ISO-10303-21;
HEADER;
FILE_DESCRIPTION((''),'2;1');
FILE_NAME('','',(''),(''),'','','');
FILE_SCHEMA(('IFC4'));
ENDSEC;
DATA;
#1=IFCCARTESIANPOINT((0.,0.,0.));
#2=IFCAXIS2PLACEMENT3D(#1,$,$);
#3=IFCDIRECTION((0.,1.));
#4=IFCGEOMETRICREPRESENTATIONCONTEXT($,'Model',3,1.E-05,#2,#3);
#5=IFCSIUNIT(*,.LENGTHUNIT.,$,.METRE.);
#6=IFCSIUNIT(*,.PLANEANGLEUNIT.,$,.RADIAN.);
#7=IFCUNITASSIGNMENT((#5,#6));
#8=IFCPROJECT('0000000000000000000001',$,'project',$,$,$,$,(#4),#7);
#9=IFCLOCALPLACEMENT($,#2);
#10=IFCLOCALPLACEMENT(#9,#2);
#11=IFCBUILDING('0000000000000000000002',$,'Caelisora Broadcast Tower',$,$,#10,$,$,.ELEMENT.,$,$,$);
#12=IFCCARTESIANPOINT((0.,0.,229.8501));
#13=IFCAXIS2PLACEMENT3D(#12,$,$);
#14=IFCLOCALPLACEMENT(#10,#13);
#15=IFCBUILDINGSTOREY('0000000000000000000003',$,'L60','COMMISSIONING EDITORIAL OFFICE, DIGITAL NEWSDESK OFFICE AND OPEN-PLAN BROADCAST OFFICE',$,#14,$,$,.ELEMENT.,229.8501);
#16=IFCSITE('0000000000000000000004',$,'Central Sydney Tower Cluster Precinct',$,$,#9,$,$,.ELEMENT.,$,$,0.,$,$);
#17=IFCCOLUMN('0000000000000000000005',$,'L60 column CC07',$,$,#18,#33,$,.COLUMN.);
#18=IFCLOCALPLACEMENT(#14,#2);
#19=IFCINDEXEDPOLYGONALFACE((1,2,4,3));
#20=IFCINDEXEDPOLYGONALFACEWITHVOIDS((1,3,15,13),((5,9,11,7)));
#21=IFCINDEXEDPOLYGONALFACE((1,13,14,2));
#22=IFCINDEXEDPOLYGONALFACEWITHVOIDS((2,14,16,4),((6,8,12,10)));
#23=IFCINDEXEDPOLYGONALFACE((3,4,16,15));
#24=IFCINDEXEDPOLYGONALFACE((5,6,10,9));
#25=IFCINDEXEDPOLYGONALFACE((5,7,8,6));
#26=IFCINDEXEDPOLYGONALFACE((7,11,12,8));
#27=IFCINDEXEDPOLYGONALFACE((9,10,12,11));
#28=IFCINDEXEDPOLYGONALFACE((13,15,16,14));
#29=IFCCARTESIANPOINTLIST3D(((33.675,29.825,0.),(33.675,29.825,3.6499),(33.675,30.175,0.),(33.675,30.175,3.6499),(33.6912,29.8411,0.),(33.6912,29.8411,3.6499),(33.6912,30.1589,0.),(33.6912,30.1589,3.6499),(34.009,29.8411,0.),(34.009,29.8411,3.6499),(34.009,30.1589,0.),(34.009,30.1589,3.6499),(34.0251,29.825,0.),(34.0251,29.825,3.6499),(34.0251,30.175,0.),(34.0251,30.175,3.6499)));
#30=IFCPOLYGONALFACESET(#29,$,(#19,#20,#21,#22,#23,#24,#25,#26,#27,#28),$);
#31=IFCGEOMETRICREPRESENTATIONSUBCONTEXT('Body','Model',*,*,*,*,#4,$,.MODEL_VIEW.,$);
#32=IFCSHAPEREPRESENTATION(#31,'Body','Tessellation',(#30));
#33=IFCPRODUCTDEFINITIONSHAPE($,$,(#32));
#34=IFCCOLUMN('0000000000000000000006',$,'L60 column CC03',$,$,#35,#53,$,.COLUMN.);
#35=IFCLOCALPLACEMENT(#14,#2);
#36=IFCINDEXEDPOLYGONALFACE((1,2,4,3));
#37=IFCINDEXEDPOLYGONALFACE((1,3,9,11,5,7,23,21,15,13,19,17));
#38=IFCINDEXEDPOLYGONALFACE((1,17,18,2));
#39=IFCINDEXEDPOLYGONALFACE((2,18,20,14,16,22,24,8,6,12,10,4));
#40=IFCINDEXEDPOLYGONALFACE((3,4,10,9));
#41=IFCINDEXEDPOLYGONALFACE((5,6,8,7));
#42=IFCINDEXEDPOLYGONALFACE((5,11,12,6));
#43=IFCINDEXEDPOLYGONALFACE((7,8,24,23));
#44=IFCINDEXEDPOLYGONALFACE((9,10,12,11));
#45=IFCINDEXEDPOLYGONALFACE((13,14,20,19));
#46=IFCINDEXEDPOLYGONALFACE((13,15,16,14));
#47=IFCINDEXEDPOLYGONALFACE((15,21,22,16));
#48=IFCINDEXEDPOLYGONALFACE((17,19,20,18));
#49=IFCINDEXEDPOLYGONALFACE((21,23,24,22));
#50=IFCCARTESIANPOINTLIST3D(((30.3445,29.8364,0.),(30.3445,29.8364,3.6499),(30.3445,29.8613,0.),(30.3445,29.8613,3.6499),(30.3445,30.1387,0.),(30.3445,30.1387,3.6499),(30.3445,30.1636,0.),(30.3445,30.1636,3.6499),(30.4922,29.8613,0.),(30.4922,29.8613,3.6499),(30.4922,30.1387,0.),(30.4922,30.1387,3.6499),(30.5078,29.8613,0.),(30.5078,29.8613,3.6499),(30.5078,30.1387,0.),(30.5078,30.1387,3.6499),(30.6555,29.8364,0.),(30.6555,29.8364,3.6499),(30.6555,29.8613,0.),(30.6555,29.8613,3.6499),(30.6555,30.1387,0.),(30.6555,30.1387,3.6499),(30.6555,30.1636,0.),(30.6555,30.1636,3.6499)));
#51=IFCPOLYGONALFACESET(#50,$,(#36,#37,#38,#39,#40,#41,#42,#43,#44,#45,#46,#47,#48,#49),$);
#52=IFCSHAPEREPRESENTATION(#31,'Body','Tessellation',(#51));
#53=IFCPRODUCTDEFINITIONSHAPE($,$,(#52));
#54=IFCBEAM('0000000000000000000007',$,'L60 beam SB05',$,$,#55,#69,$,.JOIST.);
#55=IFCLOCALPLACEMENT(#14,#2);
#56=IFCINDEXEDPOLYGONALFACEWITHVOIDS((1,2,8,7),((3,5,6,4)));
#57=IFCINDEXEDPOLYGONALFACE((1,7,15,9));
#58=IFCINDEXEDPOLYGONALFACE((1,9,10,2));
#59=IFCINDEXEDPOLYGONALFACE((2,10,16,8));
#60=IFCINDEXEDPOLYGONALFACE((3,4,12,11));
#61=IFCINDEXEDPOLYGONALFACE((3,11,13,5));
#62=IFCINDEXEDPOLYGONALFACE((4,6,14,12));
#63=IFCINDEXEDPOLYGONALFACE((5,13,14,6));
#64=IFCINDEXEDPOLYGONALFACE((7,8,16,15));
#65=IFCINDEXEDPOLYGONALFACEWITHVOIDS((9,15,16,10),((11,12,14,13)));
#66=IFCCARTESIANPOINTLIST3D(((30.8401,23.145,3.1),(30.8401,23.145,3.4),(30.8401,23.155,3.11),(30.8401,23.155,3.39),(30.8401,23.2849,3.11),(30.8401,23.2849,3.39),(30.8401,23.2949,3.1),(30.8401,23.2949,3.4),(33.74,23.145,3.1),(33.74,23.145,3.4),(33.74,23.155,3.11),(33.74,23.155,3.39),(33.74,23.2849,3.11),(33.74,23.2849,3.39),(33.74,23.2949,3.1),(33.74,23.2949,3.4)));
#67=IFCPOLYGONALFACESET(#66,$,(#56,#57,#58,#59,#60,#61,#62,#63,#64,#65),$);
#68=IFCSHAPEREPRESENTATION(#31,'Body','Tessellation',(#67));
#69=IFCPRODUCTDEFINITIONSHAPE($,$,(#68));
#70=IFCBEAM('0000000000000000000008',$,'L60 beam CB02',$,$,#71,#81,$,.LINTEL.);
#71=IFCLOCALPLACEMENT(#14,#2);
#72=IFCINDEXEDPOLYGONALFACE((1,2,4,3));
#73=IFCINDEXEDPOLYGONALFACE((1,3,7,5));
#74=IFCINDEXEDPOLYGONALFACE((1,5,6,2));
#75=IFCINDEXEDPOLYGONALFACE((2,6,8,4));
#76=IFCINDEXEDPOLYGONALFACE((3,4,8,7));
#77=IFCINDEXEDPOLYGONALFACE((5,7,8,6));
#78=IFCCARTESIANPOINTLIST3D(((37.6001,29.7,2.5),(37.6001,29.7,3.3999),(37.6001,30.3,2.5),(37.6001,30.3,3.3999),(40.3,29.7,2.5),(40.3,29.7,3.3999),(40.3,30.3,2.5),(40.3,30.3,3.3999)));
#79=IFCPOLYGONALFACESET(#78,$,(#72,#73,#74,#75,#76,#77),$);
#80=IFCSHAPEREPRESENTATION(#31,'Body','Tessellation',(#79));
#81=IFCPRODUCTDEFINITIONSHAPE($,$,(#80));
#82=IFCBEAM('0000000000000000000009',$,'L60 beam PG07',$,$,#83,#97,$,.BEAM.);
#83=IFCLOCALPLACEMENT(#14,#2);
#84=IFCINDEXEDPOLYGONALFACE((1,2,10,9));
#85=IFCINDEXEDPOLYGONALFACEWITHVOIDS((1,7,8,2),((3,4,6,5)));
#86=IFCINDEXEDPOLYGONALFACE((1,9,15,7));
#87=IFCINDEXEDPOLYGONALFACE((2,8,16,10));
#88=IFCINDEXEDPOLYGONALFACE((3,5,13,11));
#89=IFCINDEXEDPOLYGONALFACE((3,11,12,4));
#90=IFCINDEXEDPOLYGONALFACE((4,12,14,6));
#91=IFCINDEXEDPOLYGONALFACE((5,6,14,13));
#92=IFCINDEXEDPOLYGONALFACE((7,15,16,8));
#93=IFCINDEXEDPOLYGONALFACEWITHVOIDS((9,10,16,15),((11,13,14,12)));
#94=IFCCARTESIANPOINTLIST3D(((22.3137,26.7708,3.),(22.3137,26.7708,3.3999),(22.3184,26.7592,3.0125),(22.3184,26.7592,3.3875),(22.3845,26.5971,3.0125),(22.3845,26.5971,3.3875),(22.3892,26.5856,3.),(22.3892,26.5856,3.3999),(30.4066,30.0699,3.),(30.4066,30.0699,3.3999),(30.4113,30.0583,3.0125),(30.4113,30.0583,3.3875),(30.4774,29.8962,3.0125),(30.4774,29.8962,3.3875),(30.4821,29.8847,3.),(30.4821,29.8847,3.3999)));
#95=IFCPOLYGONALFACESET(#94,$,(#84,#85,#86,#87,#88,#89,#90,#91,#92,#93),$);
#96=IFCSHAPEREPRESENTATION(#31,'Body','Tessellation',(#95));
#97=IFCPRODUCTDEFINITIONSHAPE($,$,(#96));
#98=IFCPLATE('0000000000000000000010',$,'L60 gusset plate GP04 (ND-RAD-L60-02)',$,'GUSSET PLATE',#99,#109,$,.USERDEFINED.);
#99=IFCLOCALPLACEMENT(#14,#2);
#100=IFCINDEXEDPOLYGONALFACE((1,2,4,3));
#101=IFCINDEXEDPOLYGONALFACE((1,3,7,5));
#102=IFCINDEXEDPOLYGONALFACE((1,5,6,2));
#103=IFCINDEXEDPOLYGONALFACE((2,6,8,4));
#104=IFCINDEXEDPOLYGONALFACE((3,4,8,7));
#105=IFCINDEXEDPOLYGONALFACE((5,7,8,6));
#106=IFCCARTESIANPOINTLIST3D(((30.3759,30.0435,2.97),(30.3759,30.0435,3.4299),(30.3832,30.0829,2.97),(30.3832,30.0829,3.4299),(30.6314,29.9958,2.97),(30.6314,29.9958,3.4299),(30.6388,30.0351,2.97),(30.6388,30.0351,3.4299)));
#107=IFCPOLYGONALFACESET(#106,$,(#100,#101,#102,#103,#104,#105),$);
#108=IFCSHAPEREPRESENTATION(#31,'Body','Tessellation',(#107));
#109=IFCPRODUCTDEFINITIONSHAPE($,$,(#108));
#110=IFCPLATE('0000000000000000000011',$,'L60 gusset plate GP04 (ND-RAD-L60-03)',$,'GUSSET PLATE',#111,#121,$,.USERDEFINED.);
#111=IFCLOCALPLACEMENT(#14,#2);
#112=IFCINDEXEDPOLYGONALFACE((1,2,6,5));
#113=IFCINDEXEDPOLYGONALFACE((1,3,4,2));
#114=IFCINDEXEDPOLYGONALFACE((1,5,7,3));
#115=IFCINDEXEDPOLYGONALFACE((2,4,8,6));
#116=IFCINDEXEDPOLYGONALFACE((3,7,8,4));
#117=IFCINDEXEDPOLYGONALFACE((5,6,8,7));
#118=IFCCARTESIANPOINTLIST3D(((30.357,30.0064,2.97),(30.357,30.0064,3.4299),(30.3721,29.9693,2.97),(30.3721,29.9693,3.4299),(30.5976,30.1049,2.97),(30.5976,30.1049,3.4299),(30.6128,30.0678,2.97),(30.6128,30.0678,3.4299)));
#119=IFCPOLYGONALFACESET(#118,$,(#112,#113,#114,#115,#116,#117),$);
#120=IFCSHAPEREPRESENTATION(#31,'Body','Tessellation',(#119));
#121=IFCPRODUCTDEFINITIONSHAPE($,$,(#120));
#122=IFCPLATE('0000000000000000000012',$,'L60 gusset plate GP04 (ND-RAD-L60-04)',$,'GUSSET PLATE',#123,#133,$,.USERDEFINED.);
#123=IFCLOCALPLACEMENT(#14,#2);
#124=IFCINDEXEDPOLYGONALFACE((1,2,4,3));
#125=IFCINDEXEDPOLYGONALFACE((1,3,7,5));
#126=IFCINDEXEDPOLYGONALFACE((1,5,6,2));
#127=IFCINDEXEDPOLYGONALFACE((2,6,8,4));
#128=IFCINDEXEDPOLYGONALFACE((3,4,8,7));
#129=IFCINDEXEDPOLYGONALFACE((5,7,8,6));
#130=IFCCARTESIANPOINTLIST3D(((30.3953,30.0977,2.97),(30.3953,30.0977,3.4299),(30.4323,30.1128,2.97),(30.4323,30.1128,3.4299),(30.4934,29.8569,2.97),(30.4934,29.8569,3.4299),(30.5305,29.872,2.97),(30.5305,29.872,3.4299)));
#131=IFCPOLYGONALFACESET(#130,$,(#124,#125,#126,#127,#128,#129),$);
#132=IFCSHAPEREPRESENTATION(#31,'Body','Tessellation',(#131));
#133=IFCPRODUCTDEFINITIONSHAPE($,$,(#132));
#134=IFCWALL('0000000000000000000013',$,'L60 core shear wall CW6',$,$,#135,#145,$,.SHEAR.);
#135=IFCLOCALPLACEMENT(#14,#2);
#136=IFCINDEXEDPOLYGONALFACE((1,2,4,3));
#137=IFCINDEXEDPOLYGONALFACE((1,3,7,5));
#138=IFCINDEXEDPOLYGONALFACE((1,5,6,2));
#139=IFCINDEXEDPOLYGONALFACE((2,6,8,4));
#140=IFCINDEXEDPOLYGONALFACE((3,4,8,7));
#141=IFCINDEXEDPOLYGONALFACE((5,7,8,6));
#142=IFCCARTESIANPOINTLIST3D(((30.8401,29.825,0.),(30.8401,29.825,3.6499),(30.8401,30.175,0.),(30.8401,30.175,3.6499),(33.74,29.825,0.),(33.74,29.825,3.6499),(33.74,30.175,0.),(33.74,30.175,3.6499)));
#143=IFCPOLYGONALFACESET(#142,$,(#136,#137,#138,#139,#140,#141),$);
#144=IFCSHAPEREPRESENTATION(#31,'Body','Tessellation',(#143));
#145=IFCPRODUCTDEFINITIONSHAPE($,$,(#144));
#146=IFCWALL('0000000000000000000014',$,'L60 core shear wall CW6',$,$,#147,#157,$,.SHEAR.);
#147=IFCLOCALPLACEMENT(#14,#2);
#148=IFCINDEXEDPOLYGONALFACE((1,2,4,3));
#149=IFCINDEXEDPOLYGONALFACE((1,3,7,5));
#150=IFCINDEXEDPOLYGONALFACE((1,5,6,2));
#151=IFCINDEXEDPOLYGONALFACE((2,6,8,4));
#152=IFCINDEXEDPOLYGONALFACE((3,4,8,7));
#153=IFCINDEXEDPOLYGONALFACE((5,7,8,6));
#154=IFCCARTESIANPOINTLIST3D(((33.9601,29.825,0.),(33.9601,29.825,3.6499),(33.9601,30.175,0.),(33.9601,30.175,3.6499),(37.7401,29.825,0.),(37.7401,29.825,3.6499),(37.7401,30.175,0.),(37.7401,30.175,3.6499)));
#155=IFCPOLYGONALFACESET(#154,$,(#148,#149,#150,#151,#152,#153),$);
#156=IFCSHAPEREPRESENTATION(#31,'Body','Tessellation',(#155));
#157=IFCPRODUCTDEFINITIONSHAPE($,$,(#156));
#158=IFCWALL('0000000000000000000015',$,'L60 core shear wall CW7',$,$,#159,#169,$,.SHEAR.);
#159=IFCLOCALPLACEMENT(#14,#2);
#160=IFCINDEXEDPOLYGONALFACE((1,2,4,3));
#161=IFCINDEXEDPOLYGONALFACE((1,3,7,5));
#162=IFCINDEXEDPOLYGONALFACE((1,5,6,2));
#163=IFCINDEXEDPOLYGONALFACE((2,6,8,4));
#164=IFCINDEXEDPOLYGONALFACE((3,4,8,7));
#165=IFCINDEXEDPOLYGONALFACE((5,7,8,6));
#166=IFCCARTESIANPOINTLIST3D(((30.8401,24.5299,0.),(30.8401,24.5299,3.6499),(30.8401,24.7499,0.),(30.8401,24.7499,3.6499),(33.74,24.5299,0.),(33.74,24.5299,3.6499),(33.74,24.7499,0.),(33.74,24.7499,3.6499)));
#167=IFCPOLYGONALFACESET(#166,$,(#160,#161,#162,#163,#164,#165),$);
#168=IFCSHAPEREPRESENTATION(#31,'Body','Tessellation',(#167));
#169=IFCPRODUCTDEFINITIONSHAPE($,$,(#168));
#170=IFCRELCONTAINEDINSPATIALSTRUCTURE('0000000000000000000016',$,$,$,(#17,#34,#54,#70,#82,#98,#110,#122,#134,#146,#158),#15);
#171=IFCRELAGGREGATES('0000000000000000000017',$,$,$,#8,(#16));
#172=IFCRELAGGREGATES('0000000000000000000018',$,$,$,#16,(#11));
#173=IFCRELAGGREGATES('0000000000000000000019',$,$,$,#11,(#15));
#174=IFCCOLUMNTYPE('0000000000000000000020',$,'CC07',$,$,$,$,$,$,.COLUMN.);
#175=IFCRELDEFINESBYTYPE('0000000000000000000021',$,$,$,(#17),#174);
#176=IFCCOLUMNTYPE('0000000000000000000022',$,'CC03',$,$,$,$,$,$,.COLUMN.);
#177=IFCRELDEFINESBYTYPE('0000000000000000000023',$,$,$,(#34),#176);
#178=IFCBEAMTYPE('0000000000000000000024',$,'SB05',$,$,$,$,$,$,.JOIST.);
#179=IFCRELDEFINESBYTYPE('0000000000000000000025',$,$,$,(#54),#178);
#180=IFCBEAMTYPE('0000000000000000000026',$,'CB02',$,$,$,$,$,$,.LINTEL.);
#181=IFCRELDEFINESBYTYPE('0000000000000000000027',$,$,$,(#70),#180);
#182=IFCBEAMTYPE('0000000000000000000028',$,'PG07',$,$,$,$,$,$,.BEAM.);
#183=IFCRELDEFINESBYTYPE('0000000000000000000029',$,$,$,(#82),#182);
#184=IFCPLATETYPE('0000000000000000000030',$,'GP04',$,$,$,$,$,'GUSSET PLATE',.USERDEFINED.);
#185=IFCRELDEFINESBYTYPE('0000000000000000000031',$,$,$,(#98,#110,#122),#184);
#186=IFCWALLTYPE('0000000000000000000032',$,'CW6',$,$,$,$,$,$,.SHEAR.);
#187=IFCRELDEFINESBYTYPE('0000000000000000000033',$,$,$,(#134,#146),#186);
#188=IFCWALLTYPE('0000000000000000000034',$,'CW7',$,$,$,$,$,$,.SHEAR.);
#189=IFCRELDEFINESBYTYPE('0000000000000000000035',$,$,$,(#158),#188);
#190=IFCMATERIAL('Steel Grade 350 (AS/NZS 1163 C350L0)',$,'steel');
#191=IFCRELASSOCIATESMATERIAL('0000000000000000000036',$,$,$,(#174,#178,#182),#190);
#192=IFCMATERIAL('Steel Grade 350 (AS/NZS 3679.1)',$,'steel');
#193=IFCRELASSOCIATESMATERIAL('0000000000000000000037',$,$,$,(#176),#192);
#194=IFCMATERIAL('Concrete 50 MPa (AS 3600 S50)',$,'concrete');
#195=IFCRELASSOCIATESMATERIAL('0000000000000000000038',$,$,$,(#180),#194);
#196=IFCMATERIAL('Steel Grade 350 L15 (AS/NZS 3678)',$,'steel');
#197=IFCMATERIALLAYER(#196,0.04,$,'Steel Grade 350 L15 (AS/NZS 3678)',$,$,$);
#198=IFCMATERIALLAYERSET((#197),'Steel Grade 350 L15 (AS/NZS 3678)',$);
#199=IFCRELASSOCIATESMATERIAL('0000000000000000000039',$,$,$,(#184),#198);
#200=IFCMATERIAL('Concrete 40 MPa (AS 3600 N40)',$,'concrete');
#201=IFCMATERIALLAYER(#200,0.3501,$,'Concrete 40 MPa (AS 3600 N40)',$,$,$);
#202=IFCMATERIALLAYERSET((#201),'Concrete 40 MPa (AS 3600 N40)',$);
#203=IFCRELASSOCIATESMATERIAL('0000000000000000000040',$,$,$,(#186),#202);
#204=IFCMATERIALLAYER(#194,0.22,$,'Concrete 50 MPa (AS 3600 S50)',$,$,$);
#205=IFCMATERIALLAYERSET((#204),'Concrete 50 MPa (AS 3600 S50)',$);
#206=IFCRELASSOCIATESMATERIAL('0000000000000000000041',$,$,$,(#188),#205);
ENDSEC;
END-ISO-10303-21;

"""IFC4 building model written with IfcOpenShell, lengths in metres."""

from ifc_helpers import new_model, si_unit, direction, frame, frame_2d, origin, origin_2d, place, context, subcontext, project, spatial, rectangle, hollow_rectangle, i_section, extrude, source, transform, mapped, material, layer, layer_set, material_profile, profile_set, type_object, type_shapes, element, save


model = new_model("IFC4")

# Units and contexts
model_context = context("Model", 3, precision=1e-05, world=origin(), true_north=direction((0.0, 1.0)))
body_context = subcontext(model_context, "Body", "Model", "MODEL_VIEW")
ifc_project = project(units=[si_unit("LENGTHUNIT", "METRE"), si_unit("PLANEANGLEUNIT", "RADIAN")], contexts=[model_context])

# Site, building, storey
site_placement = place(None, origin())
site = spatial("IfcSite", under=ifc_project, at=site_placement, Name="Central Sydney Tower Cluster Precinct", CompositionType="ELEMENT", RefElevation=0.0)
building_placement = place(site_placement, origin())
building = spatial("IfcBuilding", under=site, at=building_placement, Name="Caelisora Broadcast Tower", CompositionType="ELEMENT")
storey_placement = place(building_placement, frame((0.0, 0.0, 229.8501)))
storey = spatial("IfcBuildingStorey", under=building, at=storey_placement, Name="L60", Description="COMMISSIONING EDITORIAL OFFICE, DIGITAL NEWSDESK OFFICE AND OPEN-PLAN BROADCAST OFFICE", CompositionType="ELEMENT", Elevation=229.8501)

# Columns
ifc_material_1 = material(Name="Steel Grade 350 (AS/NZS 1163 C350L0)", Category="steel")
ifc_material_profile_1 = material_profile(ifc_material_1, hollow_rectangle(XDim=0.3501, YDim=0.3501, WallThickness=0.0161, at=origin_2d()), Name="Steel Grade 350 (AS/NZS 1163 C350L0)")
ifc_profile_set_1 = profile_set([ifc_material_profile_1], Name="Steel Grade 350 (AS/NZS 1163 C350L0)")
column_type_1 = type_object("IfcColumnType", Name="CC07", PredefinedType="COLUMN", material=ifc_profile_set_1)
shared_shape_1 = source(origin(), body_context, "Body", "SweptSolid", [
    extrude(hollow_rectangle(XDim=0.3501, YDim=0.3501, WallThickness=0.0161, at=origin_2d()), origin(), (0.0, 0.0, 1.0), 3.6499),
])
type_shapes(column_type_1, [shared_shape_1])
column_1_placement = place(storey_placement, frame((33.8501, 30.0, 0.0), z_axis=(0.0, 0.0, 1.0), x_axis=(1.0, 0.0, 0.0)))
element("IfcColumn", 1, at=column_1_placement, inside=storey, type_object=column_type_1, Name="L60 column CC07", PredefinedType="COLUMN", context=body_context, shape_type="MappedRepresentation", body=[
    mapped(shared_shape_1, transform((0.0, 0.0, 0.0), scale=1.0)),
])
ifc_material_2 = material(Name="Steel Grade 350 (AS/NZS 3679.1)", Category="steel")
ifc_material_profile_2 = material_profile(ifc_material_2, i_section(OverallWidth=0.311, OverallDepth=0.3271, WebThickness=0.0156, FlangeThickness=0.0249, at=origin_2d()), Name="Steel Grade 350 (AS/NZS 3679.1)")
ifc_profile_set_2 = profile_set([ifc_material_profile_2], Name="Steel Grade 350 (AS/NZS 3679.1)")
column_type_2 = type_object("IfcColumnType", Name="CC03", PredefinedType="COLUMN", material=ifc_profile_set_2)
shared_shape_2 = source(origin(), body_context, "Body", "SweptSolid", [
    extrude(i_section(OverallWidth=0.311, OverallDepth=0.3271, WebThickness=0.0156, FlangeThickness=0.0249, at=origin_2d()), origin(), (0.0, 0.0, 1.0), 3.6499),
])
type_shapes(column_type_2, [shared_shape_2])
column_2_placement = place(storey_placement, frame((30.5, 30.0, 0.0), z_axis=(0.0, 0.0, 1.0), x_axis=(1.0, 0.0, 0.0)))
element("IfcColumn", 2, at=column_2_placement, inside=storey, type_object=column_type_2, Name="L60 column CC03", PredefinedType="COLUMN", context=body_context, shape_type="MappedRepresentation", body=[
    mapped(shared_shape_2, transform((0.0, 0.0, 0.0), scale=1.0)),
])

# Beams
ifc_material_profile_3 = material_profile(ifc_material_1, hollow_rectangle(XDim=0.1499, YDim=0.3, WallThickness=0.01, at=origin_2d()), Name="Steel Grade 350 (AS/NZS 1163 C350L0)")
ifc_profile_set_3 = profile_set([ifc_material_profile_3], Name="Steel Grade 350 (AS/NZS 1163 C350L0)")
beam_type_1 = type_object("IfcBeamType", Name="SB05", PredefinedType="JOIST", material=ifc_profile_set_3)
shared_shape_3 = source(origin(), body_context, "Body", "SweptSolid", [
    extrude(hollow_rectangle(XDim=0.1499, YDim=0.3, WallThickness=0.01, at=origin_2d()), origin(), (0.0, 0.0, 1.0), 2.8999),
])
type_shapes(beam_type_1, [shared_shape_3])
beam_1_placement = place(storey_placement, frame((30.8401, 23.22, 3.25), z_axis=(1.0, 0.0, 0.0), x_axis=(0.0, 1.0, 0.0)))
element("IfcBeam", 3, at=beam_1_placement, inside=storey, type_object=beam_type_1, Name="L60 beam SB05", PredefinedType="JOIST", context=body_context, shape_type="MappedRepresentation", body=[
    mapped(shared_shape_3, transform((0.0, 0.0, 0.0), scale=1.0)),
])
ifc_material_3 = material(Name="Concrete 50 MPa (AS 3600 S50)", Category="concrete")
ifc_material_profile_4 = material_profile(ifc_material_3, rectangle(XDim=0.6001, YDim=0.8999, at=origin_2d()), Name="Concrete 50 MPa (AS 3600 S50)")
ifc_profile_set_4 = profile_set([ifc_material_profile_4], Name="Concrete 50 MPa (AS 3600 S50)")
beam_type_2 = type_object("IfcBeamType", Name="CB02", PredefinedType="LINTEL", material=ifc_profile_set_4)
shared_shape_4 = source(origin(), body_context, "Body", "SweptSolid", [
    extrude(rectangle(XDim=0.6001, YDim=0.8999, at=origin_2d()), origin(), (0.0, 0.0, 1.0), 2.7),
])
type_shapes(beam_type_2, [shared_shape_4])
beam_2_placement = place(storey_placement, frame((37.6001, 30.0, 2.95), z_axis=(1.0, 0.0, 0.0), x_axis=(0.0, 1.0, 0.0)))
element("IfcBeam", 4, at=beam_2_placement, inside=storey, type_object=beam_type_2, Name="L60 beam CB02", PredefinedType="LINTEL", context=body_context, shape_type="MappedRepresentation", body=[
    mapped(shared_shape_4, transform((0.0, 0.0, 0.0), scale=1.0)),
])
ifc_material_profile_5 = material_profile(ifc_material_1, hollow_rectangle(XDim=0.2, YDim=0.3999, WallThickness=0.0125, at=origin_2d()), Name="Steel Grade 350 (AS/NZS 1163 C350L0)")
ifc_profile_set_5 = profile_set([ifc_material_profile_5], Name="Steel Grade 350 (AS/NZS 1163 C350L0)")
beam_type_3 = type_object("IfcBeamType", Name="PG07", PredefinedType="BEAM", material=ifc_profile_set_5)
shared_shape_5 = source(origin(), body_context, "Body", "SweptSolid", [
    extrude(hollow_rectangle(XDim=0.2, YDim=0.3999, WallThickness=0.0125, at=origin_2d()), origin(), (0.0, 0.0, 1.0), 8.7395),
])
type_shapes(beam_type_3, [shared_shape_5])
beam_3_placement = place(storey_placement, frame((30.4443, 29.9773, 3.2), z_axis=(-0.926012, -0.377495, 0.0), x_axis=(0.377495, -0.926012, 0.0)))
element("IfcBeam", 5, at=beam_3_placement, inside=storey, type_object=beam_type_3, Name="L60 beam PG07", PredefinedType="BEAM", context=body_context, shape_type="MappedRepresentation", body=[
    mapped(shared_shape_5, transform((0.0, 0.0, 0.0), scale=1.0)),
])

# Plates
ifc_material_4 = material(Name="Steel Grade 350 L15 (AS/NZS 3678)", Category="steel")
ifc_layer_1 = layer(ifc_material_4, 0.04, Name="Steel Grade 350 L15 (AS/NZS 3678)")
ifc_layer_set_1 = layer_set([ifc_layer_1], Name="Steel Grade 350 L15 (AS/NZS 3678)")
plate_type = type_object("IfcPlateType", Name="GP04", ElementType="GUSSET PLATE", PredefinedType="USERDEFINED", material=ifc_layer_set_1)
shared_shape_6 = source(origin(), body_context, "Body", "SweptSolid", [
    extrude(rectangle(XDim=0.26, YDim=0.04, at=origin_2d()), origin(), (0.0, 0.0, 1.0), 0.46),
])
type_shapes(plate_type, [shared_shape_6])
for number, where, z_axis, x_axis, name in (
    (6, (30.5073, 30.0393, 2.97), (0.0, 0.0, 1.0), (-0.983, 0.183608, 0.0), "L60 gusset plate GP04 (ND-RAD-L60-02)"),
    (7, (30.4849, 30.0371, 2.97), (0.0, 0.0, 1.0), (-0.925474, -0.37881, 0.0), "L60 gusset plate GP04 (ND-RAD-L60-03)"),
    (8, (30.4629, 29.9849, 2.97), (0.0, 0.0, 1.0), (0.377518, -0.926002, 0.0), "L60 gusset plate GP04 (ND-RAD-L60-04)"),
):
    element("IfcPlate", number, at=place(storey_placement, frame(where, z_axis=z_axis, x_axis=x_axis)), inside=storey, type_object=plate_type, Name=name, ObjectType="GUSSET PLATE", PredefinedType="USERDEFINED", context=body_context, shape_type="MappedRepresentation", body=[
        mapped(shared_shape_6, transform((0.0, 0.0, 0.0), scale=1.0)),
    ])

# Walls
ifc_material_5 = material(Name="Concrete 40 MPa (AS 3600 N40)", Category="concrete")
ifc_layer_2 = layer(ifc_material_5, 0.3501, Name="Concrete 40 MPa (AS 3600 N40)")
ifc_layer_set_2 = layer_set([ifc_layer_2], Name="Concrete 40 MPa (AS 3600 N40)")
wall_type_1 = type_object("IfcWallType", Name="CW6", PredefinedType="SHEAR", material=ifc_layer_set_2)
wall_1_placement = place(storey_placement, frame((30.8401, 30.0, 0.0), z_axis=(0.0, 0.0, 1.0), x_axis=(1.0, 0.0, 0.0)))
element("IfcWall", 9, at=wall_1_placement, inside=storey, type_object=wall_type_1, Name="L60 core shear wall CW6", PredefinedType="SHEAR", context=body_context, shape_type="SweptSolid", body=[
    extrude(rectangle(XDim=2.8999, YDim=0.3501, at=frame_2d((1.45, 0.0))), origin(), (0.0, 0.0, 1.0), 3.6499),
])
wall_2_placement = place(storey_placement, frame((33.96, 30.0, 0.0), z_axis=(0.0, 0.0, 1.0), x_axis=(1.0, 0.0, 0.0)))
element("IfcWall", 10, at=wall_2_placement, inside=storey, type_object=wall_type_1, Name="L60 core shear wall CW6", PredefinedType="SHEAR", context=body_context, shape_type="SweptSolid", body=[
    extrude(rectangle(XDim=3.78, YDim=0.3501, at=frame_2d((1.8901, 0.0))), origin(), (0.0, 0.0, 1.0), 3.6499),
])
ifc_layer_3 = layer(ifc_material_3, 0.22, Name="Concrete 50 MPa (AS 3600 S50)")
ifc_layer_set_3 = layer_set([ifc_layer_3], Name="Concrete 50 MPa (AS 3600 S50)")
wall_type_2 = type_object("IfcWallType", Name="CW7", PredefinedType="SHEAR", material=ifc_layer_set_3)
wall_3_placement = place(storey_placement, frame((30.8401, 24.6399, 0.0), z_axis=(0.0, 0.0, 1.0), x_axis=(1.0, 0.0, 0.0)))
element("IfcWall", 11, at=wall_3_placement, inside=storey, type_object=wall_type_2, Name="L60 core shear wall CW7", PredefinedType="SHEAR", context=body_context, shape_type="SweptSolid", body=[
    extrude(rectangle(XDim=2.8999, YDim=0.22, at=frame_2d((1.45, 0.0))), origin(), (0.0, 0.0, 1.0), 3.6499),
])

save(model, "model.ifc")
